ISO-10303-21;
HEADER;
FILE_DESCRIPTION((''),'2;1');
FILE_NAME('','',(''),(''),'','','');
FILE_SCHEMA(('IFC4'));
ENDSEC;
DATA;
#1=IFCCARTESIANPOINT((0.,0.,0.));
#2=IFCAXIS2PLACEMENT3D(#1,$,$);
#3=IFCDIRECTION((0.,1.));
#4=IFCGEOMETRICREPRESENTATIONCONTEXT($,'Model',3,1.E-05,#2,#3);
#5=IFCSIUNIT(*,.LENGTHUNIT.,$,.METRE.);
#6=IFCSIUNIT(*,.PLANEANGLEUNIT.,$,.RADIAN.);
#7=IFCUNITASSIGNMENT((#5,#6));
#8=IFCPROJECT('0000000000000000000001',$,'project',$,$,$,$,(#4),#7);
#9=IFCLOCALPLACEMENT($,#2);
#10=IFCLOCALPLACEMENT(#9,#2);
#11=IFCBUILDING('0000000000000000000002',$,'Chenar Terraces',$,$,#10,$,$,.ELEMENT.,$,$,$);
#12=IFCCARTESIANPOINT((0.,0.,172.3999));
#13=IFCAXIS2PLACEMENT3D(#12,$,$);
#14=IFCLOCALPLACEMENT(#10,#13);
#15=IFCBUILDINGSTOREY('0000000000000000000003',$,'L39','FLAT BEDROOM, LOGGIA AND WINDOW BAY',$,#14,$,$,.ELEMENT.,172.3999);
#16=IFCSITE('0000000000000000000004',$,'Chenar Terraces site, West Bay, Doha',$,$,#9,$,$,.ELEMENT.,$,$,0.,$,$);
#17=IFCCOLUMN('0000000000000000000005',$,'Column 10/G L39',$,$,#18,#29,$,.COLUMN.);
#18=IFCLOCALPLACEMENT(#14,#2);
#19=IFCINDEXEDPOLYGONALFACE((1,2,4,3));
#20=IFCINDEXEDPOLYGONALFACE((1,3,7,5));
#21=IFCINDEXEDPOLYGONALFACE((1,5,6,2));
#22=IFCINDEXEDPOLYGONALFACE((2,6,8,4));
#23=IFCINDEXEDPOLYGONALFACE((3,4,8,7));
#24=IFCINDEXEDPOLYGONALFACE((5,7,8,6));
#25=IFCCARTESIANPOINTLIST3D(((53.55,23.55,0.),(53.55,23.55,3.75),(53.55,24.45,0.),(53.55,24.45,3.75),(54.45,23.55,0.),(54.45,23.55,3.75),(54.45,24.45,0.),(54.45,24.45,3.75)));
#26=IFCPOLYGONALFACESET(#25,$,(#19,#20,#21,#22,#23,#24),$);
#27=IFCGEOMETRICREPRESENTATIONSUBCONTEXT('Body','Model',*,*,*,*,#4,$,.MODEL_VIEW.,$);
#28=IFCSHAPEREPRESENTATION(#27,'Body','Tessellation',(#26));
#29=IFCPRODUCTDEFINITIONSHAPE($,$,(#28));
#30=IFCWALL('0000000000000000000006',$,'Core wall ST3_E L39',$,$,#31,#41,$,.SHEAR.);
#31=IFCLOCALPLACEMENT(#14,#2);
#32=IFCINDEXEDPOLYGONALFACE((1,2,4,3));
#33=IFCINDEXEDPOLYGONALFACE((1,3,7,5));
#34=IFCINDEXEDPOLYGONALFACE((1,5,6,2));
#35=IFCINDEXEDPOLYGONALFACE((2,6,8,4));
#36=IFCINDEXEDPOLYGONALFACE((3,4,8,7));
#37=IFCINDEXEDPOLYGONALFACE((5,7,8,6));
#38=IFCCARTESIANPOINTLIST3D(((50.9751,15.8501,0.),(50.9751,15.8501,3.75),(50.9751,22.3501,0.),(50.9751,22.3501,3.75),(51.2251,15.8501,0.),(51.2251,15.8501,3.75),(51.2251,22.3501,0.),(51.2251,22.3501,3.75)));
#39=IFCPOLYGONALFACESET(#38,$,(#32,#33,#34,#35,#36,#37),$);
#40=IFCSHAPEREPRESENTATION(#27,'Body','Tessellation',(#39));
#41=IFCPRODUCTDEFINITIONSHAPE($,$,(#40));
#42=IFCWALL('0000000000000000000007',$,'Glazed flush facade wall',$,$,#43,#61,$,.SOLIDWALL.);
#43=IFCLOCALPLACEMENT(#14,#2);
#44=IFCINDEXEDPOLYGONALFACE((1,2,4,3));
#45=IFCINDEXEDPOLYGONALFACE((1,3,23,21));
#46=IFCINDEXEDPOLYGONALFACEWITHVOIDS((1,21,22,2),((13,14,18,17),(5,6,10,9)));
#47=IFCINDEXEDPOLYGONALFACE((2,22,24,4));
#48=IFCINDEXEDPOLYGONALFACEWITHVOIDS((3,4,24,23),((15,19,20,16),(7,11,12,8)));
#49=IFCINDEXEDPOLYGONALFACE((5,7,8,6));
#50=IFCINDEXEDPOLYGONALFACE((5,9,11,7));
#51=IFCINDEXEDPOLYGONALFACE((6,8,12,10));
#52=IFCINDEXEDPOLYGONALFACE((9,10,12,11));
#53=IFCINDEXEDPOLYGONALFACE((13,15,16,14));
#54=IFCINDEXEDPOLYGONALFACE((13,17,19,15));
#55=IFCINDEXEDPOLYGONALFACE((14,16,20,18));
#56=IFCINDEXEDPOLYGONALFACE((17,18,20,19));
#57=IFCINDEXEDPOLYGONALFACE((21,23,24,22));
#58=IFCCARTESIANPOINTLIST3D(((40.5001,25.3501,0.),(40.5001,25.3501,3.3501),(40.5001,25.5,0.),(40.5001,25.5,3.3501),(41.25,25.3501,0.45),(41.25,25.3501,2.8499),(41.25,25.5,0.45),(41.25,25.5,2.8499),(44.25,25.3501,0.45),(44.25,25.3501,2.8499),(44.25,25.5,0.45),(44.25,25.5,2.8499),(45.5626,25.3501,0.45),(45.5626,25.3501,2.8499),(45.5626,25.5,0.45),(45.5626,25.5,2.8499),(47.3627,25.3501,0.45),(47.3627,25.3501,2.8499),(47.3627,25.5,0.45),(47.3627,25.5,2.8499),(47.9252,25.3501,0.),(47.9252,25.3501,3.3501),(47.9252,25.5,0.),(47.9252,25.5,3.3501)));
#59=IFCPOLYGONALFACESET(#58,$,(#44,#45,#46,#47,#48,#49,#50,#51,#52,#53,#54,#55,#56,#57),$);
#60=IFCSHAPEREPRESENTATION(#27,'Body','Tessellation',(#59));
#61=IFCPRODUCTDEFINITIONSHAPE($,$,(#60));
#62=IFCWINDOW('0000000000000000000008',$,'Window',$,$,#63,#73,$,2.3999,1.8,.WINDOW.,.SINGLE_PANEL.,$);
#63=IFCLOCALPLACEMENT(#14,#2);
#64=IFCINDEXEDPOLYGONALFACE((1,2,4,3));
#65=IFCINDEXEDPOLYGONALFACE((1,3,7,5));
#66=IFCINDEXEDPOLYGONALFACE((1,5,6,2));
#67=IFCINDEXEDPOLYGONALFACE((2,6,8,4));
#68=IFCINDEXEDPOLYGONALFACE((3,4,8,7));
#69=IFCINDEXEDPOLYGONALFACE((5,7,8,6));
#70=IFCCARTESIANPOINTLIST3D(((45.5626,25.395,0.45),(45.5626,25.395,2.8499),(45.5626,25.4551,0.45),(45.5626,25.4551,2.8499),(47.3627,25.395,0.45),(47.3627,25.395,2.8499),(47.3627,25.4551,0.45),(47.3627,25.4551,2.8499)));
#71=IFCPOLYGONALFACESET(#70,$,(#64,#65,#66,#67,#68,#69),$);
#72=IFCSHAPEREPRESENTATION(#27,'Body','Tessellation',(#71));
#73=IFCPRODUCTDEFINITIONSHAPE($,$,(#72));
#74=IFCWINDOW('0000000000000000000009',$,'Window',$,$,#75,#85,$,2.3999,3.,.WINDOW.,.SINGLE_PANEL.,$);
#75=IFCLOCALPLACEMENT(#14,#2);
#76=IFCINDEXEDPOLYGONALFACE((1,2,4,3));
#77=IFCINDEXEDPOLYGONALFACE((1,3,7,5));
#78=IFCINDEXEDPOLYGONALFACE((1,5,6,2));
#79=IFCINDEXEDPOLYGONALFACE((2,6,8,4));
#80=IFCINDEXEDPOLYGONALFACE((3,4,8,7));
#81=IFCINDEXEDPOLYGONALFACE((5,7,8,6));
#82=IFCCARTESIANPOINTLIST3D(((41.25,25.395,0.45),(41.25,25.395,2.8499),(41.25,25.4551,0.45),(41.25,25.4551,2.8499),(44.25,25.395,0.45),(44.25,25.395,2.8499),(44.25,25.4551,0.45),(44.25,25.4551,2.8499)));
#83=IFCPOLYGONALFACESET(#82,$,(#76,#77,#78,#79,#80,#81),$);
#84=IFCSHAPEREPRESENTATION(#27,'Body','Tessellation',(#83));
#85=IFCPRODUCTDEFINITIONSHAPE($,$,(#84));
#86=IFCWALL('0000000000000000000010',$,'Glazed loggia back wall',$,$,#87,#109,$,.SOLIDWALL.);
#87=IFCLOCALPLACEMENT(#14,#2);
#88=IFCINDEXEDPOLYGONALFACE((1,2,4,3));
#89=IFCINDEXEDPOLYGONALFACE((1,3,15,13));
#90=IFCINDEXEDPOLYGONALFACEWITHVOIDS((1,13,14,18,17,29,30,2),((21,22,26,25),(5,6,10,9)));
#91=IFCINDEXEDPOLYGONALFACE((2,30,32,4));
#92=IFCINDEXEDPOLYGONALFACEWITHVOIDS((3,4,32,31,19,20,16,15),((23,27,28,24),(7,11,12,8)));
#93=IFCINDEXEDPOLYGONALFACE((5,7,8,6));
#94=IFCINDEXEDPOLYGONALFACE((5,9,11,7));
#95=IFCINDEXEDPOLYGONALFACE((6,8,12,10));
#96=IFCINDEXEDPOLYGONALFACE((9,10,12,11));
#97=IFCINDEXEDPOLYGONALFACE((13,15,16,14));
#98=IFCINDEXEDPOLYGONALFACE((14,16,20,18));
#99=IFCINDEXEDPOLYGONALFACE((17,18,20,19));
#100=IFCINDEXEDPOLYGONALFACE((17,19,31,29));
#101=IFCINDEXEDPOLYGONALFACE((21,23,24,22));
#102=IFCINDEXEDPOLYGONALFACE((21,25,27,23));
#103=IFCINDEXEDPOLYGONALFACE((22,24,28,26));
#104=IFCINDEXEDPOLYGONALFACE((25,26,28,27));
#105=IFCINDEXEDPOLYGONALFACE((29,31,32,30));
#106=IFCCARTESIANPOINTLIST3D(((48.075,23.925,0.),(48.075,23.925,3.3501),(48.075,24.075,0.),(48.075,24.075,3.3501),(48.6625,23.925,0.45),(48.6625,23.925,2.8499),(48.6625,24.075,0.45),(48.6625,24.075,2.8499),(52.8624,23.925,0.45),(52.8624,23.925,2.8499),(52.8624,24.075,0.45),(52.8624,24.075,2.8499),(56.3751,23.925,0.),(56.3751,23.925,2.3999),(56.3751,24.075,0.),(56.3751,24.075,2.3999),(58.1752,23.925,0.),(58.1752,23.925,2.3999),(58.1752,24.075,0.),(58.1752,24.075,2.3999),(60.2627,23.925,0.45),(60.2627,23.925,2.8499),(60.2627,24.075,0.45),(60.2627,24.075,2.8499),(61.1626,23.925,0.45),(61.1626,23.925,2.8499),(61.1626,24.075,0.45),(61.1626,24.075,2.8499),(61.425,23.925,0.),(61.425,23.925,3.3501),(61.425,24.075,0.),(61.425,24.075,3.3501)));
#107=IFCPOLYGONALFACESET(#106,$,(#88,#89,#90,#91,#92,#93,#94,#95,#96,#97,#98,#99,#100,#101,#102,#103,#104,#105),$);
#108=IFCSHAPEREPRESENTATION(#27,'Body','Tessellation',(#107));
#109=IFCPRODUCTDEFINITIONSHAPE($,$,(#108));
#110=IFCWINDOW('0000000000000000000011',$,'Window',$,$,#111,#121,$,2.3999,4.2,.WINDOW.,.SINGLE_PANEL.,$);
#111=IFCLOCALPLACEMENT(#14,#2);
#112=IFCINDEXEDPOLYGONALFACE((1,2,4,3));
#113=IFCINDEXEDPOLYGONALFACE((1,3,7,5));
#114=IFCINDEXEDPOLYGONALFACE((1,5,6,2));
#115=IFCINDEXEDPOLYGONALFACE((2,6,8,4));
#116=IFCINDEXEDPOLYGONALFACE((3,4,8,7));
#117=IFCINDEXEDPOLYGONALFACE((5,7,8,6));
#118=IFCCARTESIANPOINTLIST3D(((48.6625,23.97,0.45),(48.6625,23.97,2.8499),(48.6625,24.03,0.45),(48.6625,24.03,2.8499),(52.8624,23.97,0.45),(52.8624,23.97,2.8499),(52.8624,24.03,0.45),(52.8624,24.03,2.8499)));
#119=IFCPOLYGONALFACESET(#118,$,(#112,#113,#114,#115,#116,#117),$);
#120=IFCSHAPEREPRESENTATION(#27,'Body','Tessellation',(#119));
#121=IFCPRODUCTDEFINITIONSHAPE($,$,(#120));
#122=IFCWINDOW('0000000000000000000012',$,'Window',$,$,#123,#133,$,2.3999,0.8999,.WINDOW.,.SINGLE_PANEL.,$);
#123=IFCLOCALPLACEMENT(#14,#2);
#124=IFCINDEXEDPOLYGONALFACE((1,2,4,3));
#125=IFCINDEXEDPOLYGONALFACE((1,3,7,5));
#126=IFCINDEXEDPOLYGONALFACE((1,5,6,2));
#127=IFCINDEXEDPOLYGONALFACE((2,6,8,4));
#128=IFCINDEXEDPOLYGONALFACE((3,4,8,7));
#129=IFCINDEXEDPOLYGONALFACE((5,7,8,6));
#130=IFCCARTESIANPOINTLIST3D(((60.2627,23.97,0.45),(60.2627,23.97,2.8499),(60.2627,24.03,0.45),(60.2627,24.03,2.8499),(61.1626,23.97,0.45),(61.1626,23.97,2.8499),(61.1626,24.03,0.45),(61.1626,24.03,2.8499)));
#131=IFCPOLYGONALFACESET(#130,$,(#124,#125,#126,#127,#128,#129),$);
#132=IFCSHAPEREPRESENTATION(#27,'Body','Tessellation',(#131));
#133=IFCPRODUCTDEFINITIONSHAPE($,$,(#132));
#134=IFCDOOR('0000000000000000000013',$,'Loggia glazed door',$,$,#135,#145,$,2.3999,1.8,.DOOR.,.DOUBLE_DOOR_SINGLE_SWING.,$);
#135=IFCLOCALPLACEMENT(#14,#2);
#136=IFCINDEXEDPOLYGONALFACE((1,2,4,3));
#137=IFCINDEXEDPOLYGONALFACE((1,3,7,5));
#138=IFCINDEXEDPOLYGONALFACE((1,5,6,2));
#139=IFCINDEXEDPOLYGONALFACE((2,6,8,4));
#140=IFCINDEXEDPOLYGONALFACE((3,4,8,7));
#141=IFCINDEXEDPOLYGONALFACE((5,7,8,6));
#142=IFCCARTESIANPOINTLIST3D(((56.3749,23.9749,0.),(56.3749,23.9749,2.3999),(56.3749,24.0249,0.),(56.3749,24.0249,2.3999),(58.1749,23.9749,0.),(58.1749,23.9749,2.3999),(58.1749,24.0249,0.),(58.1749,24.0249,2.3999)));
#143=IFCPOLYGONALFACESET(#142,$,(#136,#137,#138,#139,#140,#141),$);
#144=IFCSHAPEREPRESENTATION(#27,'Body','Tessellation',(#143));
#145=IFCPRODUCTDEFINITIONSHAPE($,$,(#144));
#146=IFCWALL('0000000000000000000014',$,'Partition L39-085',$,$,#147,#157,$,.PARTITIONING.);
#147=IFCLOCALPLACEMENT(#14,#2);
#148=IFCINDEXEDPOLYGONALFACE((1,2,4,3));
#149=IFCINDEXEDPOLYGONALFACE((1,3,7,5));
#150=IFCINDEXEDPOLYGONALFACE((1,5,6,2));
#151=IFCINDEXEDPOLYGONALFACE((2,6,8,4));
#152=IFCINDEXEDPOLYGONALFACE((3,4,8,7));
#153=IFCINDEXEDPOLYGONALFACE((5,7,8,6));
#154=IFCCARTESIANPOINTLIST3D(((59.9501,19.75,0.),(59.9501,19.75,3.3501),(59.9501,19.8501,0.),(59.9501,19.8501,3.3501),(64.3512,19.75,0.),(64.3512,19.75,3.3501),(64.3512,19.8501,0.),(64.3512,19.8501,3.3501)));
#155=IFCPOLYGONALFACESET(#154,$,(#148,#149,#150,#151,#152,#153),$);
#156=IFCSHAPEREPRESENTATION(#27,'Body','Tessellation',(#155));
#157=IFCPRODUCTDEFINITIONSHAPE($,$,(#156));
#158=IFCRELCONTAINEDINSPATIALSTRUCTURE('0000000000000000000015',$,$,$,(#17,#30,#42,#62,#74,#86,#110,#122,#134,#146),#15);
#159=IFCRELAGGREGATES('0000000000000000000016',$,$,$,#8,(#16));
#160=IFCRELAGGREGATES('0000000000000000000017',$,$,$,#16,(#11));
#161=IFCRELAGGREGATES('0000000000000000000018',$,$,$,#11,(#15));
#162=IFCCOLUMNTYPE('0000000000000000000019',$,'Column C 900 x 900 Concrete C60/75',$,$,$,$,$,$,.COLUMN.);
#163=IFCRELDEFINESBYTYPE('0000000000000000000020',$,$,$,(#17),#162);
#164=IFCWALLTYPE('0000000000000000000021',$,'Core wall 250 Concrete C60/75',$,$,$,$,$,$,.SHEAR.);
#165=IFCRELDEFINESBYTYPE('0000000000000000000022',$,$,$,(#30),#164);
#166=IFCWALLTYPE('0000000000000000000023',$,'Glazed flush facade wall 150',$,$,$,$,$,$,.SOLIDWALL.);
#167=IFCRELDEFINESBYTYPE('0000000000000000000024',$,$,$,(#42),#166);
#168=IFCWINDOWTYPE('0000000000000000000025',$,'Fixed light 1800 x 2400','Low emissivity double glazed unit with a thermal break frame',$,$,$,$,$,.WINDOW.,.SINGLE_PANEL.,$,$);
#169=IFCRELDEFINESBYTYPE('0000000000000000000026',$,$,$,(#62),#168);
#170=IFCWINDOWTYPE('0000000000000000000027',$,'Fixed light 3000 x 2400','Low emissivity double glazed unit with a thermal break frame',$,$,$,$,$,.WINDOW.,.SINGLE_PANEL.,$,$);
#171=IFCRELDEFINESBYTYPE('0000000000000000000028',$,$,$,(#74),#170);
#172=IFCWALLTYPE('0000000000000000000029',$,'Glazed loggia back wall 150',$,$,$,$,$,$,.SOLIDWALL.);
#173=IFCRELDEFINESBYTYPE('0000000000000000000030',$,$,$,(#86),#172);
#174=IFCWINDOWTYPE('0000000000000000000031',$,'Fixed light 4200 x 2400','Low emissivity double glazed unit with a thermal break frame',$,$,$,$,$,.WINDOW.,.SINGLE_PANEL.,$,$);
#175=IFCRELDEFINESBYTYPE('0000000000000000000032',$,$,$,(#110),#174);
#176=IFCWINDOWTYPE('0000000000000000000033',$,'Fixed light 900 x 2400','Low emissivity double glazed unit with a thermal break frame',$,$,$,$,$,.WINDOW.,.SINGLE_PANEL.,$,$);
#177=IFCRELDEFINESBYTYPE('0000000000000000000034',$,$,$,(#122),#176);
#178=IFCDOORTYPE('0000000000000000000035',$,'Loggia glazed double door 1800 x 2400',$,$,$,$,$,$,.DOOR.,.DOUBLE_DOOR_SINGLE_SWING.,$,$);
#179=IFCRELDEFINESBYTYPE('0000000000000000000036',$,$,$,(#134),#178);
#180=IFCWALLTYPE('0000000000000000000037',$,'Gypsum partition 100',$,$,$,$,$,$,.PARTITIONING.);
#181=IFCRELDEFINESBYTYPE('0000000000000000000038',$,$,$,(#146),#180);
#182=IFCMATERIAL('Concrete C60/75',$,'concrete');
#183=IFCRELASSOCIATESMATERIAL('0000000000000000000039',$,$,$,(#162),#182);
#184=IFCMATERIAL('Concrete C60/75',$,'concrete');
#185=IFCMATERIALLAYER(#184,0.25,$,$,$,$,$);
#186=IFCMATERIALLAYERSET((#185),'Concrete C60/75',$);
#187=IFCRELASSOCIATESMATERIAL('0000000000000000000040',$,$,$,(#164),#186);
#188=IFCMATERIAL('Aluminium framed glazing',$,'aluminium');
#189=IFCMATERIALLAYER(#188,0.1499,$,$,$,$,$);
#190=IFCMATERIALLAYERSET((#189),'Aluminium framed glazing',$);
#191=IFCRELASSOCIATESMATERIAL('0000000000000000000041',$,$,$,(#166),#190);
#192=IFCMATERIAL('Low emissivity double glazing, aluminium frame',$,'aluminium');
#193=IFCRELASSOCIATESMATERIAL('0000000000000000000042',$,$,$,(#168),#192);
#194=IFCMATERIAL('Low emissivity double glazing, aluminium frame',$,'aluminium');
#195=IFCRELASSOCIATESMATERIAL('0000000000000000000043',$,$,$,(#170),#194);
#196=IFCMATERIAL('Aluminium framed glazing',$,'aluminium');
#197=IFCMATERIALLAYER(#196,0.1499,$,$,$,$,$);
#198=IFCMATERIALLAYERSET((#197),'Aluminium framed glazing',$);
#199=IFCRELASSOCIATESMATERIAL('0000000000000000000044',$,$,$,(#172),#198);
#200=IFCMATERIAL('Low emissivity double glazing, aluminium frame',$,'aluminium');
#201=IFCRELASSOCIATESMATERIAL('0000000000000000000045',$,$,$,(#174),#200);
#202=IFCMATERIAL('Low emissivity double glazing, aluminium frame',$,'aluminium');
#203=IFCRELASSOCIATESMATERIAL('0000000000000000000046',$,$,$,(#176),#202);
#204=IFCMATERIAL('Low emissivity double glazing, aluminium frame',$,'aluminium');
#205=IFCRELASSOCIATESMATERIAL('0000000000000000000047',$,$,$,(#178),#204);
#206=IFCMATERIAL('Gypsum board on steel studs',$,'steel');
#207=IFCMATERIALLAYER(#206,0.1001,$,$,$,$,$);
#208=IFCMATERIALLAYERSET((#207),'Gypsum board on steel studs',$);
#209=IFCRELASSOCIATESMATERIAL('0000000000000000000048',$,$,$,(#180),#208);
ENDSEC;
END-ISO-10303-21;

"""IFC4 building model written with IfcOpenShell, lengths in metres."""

from ifc_helpers import new_model, si_unit, direction, frame, frame_2d, origin, origin_2d, place, context, subcontext, project, spatial, rectangle, extrude, material, layer, layer_set, material_profile, profile_set, type_object, element, fill, save


model = new_model("IFC4")

# Units and contexts
model_context = context("Model", 3, precision=1e-05, world=origin(), true_north=direction((0.0, 1.0)))
body_context = subcontext(model_context, "Body", "Model", "MODEL_VIEW")
ifc_project = project(units=[si_unit("LENGTHUNIT", "METRE"), si_unit("PLANEANGLEUNIT", "RADIAN")], contexts=[model_context])

# Site, building, storey
site_placement = place(None, origin())
site = spatial("IfcSite", under=ifc_project, at=site_placement, Name="Chenar Terraces site, West Bay, Doha", CompositionType="ELEMENT", RefElevation=0.0)
building_placement = place(site_placement, origin())
building = spatial("IfcBuilding", under=site, at=building_placement, Name="Chenar Terraces", CompositionType="ELEMENT")
storey_placement = place(building_placement, frame((0.0, 0.0, 172.3999)))
storey = spatial("IfcBuildingStorey", under=building, at=storey_placement, Name="L39", Description="FLAT BEDROOM, LOGGIA AND WINDOW BAY", CompositionType="ELEMENT", Elevation=172.3999)

# Column
ifc_material_1 = material(Name="Concrete C60/75", Category="concrete")
ifc_material_profile_1 = material_profile(ifc_material_1, rectangle(XDim=0.8999, YDim=0.8999, at=origin_2d()), Name="C 900 x 900")
ifc_profile_set_1 = profile_set([ifc_material_profile_1], Name="Concrete C60/75")
column_type = type_object("IfcColumnType", Name="Column C 900 x 900 Concrete C60/75", PredefinedType="COLUMN", material=ifc_profile_set_1)
column_placement = place(storey_placement, frame((54.0, 24.0, 0.0), z_axis=(0.0, 0.0, 1.0), x_axis=(1.0, 0.0, 0.0)))
element("IfcColumn", 1, at=column_placement, inside=storey, type_object=column_type, Name="Column 10/G L39", PredefinedType="COLUMN", context=body_context, shape_type="SweptSolid", body=[
    extrude(rectangle(XDim=0.8999, YDim=0.8999, at=origin_2d()), origin(), (0.0, 0.0, 1.0), 3.75),
])

# Wall
ifc_material_2 = material(Name="Concrete C60/75", Category="concrete")
ifc_layer_1 = layer(ifc_material_2, 0.25)
ifc_layer_set_1 = layer_set([ifc_layer_1], Name="Concrete C60/75")
wall_type_1 = type_object("IfcWallType", Name="Core wall 250 Concrete C60/75", PredefinedType="SHEAR", material=ifc_layer_set_1)
wall_1_placement = place(storey_placement, frame((51.1001, 15.8501, 0.0), z_axis=(0.0, 0.0, 1.0), x_axis=(0.0, 1.0, 0.0)))
element("IfcWall", 2, at=wall_1_placement, inside=storey, type_object=wall_type_1, Name="Core wall ST3_E L39", PredefinedType="SHEAR", context=body_context, shape_type="SweptSolid", body=[
    extrude(rectangle(XDim=6.5, YDim=0.25, at=frame_2d((3.25, 0.0))), origin(), (0.0, 0.0, 1.0), 3.75),
])

# Wall, openings, windows
ifc_material_3 = material(Name="Aluminium framed glazing", Category="aluminium")
ifc_layer_2 = layer(ifc_material_3, 0.1499)
ifc_layer_set_2 = layer_set([ifc_layer_2], Name="Aluminium framed glazing")
wall_type_2 = type_object("IfcWallType", Name="Glazed flush facade wall 150", PredefinedType="SOLIDWALL", material=ifc_layer_set_2)
wall_2_placement = place(storey_placement, frame((47.925, 25.425, 0.0), z_axis=(0.0, 0.0, 1.0), x_axis=(-1.0, 0.0, 0.0)))
wall_2 = element("IfcWall", 3, at=wall_2_placement, inside=storey, type_object=wall_type_2, Name="Glazed flush facade wall", PredefinedType="SOLIDWALL", context=body_context, shape_type="SweptSolid", body=[
    extrude(rectangle(XDim=7.425, YDim=0.1499, at=frame_2d((3.7124, 0.0))), origin(), (0.0, 0.0, 1.0), 3.3501),
])
opening_1_placement = place(wall_2_placement, frame((0.5625, 0.0, 0.45)))
opening_1 = element("IfcOpeningElement", 4, at=opening_1_placement, cuts=wall_2, PredefinedType="OPENING", context=body_context, shape_type="SweptSolid", body=[
    extrude(rectangle(XDim=1.8, YDim=2.3999, at=frame_2d((0.8999, 1.2))), frame((0.0, 0.085, 0.0), z_axis=(0.0, -1.0, 0.0), x_axis=(1.0, 0.0, 0.0)), (0.0, 0.0, 1.0), 0.1699),
])
opening_2_placement = place(wall_2_placement, frame((3.675, 0.0, 0.45)))
opening_2 = element("IfcOpeningElement", 5, at=opening_2_placement, cuts=wall_2, PredefinedType="OPENING", context=body_context, shape_type="SweptSolid", body=[
    extrude(rectangle(XDim=3.0, YDim=2.3999, at=frame_2d((1.5, 1.2))), frame((0.0, 0.085, 0.0), z_axis=(0.0, -1.0, 0.0), x_axis=(1.0, 0.0, 0.0)), (0.0, 0.0, 1.0), 0.1699),
])
ifc_material_4 = material(Name="Low emissivity double glazing, aluminium frame", Category="aluminium")
window_type_1 = type_object("IfcWindowType", Name="Fixed light 1800 x 2400", Description="Low emissivity double glazed unit with a thermal break frame", PartitioningType="SINGLE_PANEL", PredefinedType="WINDOW", material=ifc_material_4)
window_1_placement = place(opening_1_placement, origin())
window_1 = element("IfcWindow", 6, at=window_1_placement, inside=storey, type_object=window_type_1, Name="Window", OverallHeight=2.3999, OverallWidth=1.8, PartitioningType="SINGLE_PANEL", PredefinedType="WINDOW", context=body_context, shape_type="SweptSolid", body=[
    extrude(rectangle(XDim=1.8, YDim=2.3999, at=frame_2d((0.8999, 1.2))), frame((0.0, 0.03, 0.0), z_axis=(0.0, -1.0, 0.0), x_axis=(1.0, 0.0, 0.0)), (0.0, 0.0, 1.0), 0.0601),
])
fill(opening_1, window_1)
ifc_material_5 = material(Name="Low emissivity double glazing, aluminium frame", Category="aluminium")
window_type_2 = type_object("IfcWindowType", Name="Fixed light 3000 x 2400", Description="Low emissivity double glazed unit with a thermal break frame", PartitioningType="SINGLE_PANEL", PredefinedType="WINDOW", material=ifc_material_5)
window_2_placement = place(opening_2_placement, origin())
window_2 = element("IfcWindow", 7, at=window_2_placement, inside=storey, type_object=window_type_2, Name="Window", OverallHeight=2.3999, OverallWidth=3.0, PartitioningType="SINGLE_PANEL", PredefinedType="WINDOW", context=body_context, shape_type="SweptSolid", body=[
    extrude(rectangle(XDim=3.0, YDim=2.3999, at=frame_2d((1.5, 1.2))), frame((0.0, 0.03, 0.0), z_axis=(0.0, -1.0, 0.0), x_axis=(1.0, 0.0, 0.0)), (0.0, 0.0, 1.0), 0.0601),
])
fill(opening_2, window_2)

# Wall, openings, windows, door
ifc_material_6 = material(Name="Aluminium framed glazing", Category="aluminium")
ifc_layer_3 = layer(ifc_material_6, 0.1499)
ifc_layer_set_3 = layer_set([ifc_layer_3], Name="Aluminium framed glazing")
wall_type_3 = type_object("IfcWallType", Name="Glazed loggia back wall 150", PredefinedType="SOLIDWALL", material=ifc_layer_set_3)
wall_3_placement = place(storey_placement, frame((61.425, 24.0, 0.0), z_axis=(0.0, 0.0, 1.0), x_axis=(-1.0, 0.0, 0.0)))
wall_3 = element("IfcWall", 8, at=wall_3_placement, inside=storey, type_object=wall_type_3, Name="Glazed loggia back wall", PredefinedType="SOLIDWALL", context=body_context, shape_type="SweptSolid", body=[
    extrude(rectangle(XDim=13.3501, YDim=0.1499, at=frame_2d((6.675, 0.0))), origin(), (0.0, 0.0, 1.0), 3.3501),
])
opening_3_placement = place(wall_3_placement, frame((0.2625, 0.0, 0.45)))
opening_3 = element("IfcOpeningElement", 9, at=opening_3_placement, cuts=wall_3, PredefinedType="OPENING", context=body_context, shape_type="SweptSolid", body=[
    extrude(rectangle(XDim=0.8999, YDim=2.3999, at=frame_2d((0.45, 1.2))), frame((0.0, 0.085, 0.0), z_axis=(0.0, -1.0, 0.0), x_axis=(1.0, 0.0, 0.0)), (0.0, 0.0, 1.0), 0.1699),
])
opening_4_placement = place(wall_3_placement, frame((3.25, 0.0, 0.0)))
opening_4 = element("IfcOpeningElement", 10, at=opening_4_placement, cuts=wall_3, PredefinedType="OPENING", context=body_context, shape_type="SweptSolid", body=[
    extrude(rectangle(XDim=1.8, YDim=2.3999, at=frame_2d((0.8999, 1.2))), frame((0.0, 0.085, 0.0), z_axis=(0.0, -1.0, 0.0), x_axis=(1.0, 0.0, 0.0)), (0.0, 0.0, 1.0), 0.1699),
])
opening_5_placement = place(wall_3_placement, frame((8.5625, 0.0, 0.45)))
opening_5 = element("IfcOpeningElement", 11, at=opening_5_placement, cuts=wall_3, PredefinedType="OPENING", context=body_context, shape_type="SweptSolid", body=[
    extrude(rectangle(XDim=4.2, YDim=2.3999, at=frame_2d((2.1001, 1.2))), frame((0.0, 0.085, 0.0), z_axis=(0.0, -1.0, 0.0), x_axis=(1.0, 0.0, 0.0)), (0.0, 0.0, 1.0), 0.1699),
])
ifc_material_7 = material(Name="Low emissivity double glazing, aluminium frame", Category="aluminium")
window_type_3 = type_object("IfcWindowType", Name="Fixed light 4200 x 2400", Description="Low emissivity double glazed unit with a thermal break frame", PartitioningType="SINGLE_PANEL", PredefinedType="WINDOW", material=ifc_material_7)
window_3_placement = place(opening_5_placement, origin())
window_3 = element("IfcWindow", 12, at=window_3_placement, inside=storey, type_object=window_type_3, Name="Window", OverallHeight=2.3999, OverallWidth=4.2, PartitioningType="SINGLE_PANEL", PredefinedType="WINDOW", context=body_context, shape_type="SweptSolid", body=[
    extrude(rectangle(XDim=4.2, YDim=2.3999, at=frame_2d((2.1001, 1.2))), frame((0.0, 0.03, 0.0), z_axis=(0.0, -1.0, 0.0), x_axis=(1.0, 0.0, 0.0)), (0.0, 0.0, 1.0), 0.0601),
])
fill(opening_5, window_3)
ifc_material_8 = material(Name="Low emissivity double glazing, aluminium frame", Category="aluminium")
window_type_4 = type_object("IfcWindowType", Name="Fixed light 900 x 2400", Description="Low emissivity double glazed unit with a thermal break frame", PartitioningType="SINGLE_PANEL", PredefinedType="WINDOW", material=ifc_material_8)
window_4_placement = place(opening_3_placement, origin())
window_4 = element("IfcWindow", 13, at=window_4_placement, inside=storey, type_object=window_type_4, Name="Window", OverallHeight=2.3999, OverallWidth=0.8999, PartitioningType="SINGLE_PANEL", PredefinedType="WINDOW", context=body_context, shape_type="SweptSolid", body=[
    extrude(rectangle(XDim=0.8999, YDim=2.3999, at=frame_2d((0.45, 1.2))), frame((0.0, 0.03, 0.0), z_axis=(0.0, -1.0, 0.0), x_axis=(1.0, 0.0, 0.0)), (0.0, 0.0, 1.0), 0.0601),
])
fill(opening_3, window_4)
ifc_material_9 = material(Name="Low emissivity double glazing, aluminium frame", Category="aluminium")
door_type_1 = type_object("IfcDoorType", Name="Loggia glazed double door 1800 x 2400", OperationType="DOUBLE_DOOR_SINGLE_SWING", PredefinedType="DOOR", material=ifc_material_9)
door_1_placement = place(opening_4_placement, frame((1.8, 0.0, 0.0), z_axis=(0.0, 0.0, 1.0), x_axis=(-1.0, 0.0, 0.0)))
door_1 = element("IfcDoor", 14, at=door_1_placement, inside=storey, type_object=door_type_1, Name="Loggia glazed door", OperationType="DOUBLE_DOOR_SINGLE_SWING", OverallHeight=2.3999, OverallWidth=1.8, PredefinedType="DOOR", context=body_context, shape_type="SweptSolid", body=[
    extrude(rectangle(XDim=1.8, YDim=2.3999, at=frame_2d((0.8999, 1.2))), frame((0.0, 0.0249, 0.0), z_axis=(0.0, -1.0, 0.0), x_axis=(1.0, 0.0, 0.0)), (0.0, 0.0, 1.0), 0.05),
])
fill(opening_4, door_1)

# Wall
ifc_material_10 = material(Name="Gypsum board on steel studs", Category="steel")
ifc_layer_4 = layer(ifc_material_10, 0.1001)
ifc_layer_set_4 = layer_set([ifc_layer_4], Name="Gypsum board on steel studs")
wall_type_4 = type_object("IfcWallType", Name="Gypsum partition 100", PredefinedType="PARTITIONING", material=ifc_layer_set_4)
wall_4_placement = place(storey_placement, frame((59.95, 19.8, 0.0), z_axis=(0.0, 0.0, 1.0), x_axis=(1.0, 0.0, 0.0)))
element("IfcWall", 15, at=wall_4_placement, inside=storey, type_object=wall_type_4, Name="Partition L39-085", PredefinedType="PARTITIONING", context=body_context, shape_type="SweptSolid", body=[
    extrude(rectangle(XDim=4.4011, YDim=0.1001, at=frame_2d((2.2007, 0.0))), origin(), (0.0, 0.0, 1.0), 3.3501),
])

save(model, "model.ifc")
